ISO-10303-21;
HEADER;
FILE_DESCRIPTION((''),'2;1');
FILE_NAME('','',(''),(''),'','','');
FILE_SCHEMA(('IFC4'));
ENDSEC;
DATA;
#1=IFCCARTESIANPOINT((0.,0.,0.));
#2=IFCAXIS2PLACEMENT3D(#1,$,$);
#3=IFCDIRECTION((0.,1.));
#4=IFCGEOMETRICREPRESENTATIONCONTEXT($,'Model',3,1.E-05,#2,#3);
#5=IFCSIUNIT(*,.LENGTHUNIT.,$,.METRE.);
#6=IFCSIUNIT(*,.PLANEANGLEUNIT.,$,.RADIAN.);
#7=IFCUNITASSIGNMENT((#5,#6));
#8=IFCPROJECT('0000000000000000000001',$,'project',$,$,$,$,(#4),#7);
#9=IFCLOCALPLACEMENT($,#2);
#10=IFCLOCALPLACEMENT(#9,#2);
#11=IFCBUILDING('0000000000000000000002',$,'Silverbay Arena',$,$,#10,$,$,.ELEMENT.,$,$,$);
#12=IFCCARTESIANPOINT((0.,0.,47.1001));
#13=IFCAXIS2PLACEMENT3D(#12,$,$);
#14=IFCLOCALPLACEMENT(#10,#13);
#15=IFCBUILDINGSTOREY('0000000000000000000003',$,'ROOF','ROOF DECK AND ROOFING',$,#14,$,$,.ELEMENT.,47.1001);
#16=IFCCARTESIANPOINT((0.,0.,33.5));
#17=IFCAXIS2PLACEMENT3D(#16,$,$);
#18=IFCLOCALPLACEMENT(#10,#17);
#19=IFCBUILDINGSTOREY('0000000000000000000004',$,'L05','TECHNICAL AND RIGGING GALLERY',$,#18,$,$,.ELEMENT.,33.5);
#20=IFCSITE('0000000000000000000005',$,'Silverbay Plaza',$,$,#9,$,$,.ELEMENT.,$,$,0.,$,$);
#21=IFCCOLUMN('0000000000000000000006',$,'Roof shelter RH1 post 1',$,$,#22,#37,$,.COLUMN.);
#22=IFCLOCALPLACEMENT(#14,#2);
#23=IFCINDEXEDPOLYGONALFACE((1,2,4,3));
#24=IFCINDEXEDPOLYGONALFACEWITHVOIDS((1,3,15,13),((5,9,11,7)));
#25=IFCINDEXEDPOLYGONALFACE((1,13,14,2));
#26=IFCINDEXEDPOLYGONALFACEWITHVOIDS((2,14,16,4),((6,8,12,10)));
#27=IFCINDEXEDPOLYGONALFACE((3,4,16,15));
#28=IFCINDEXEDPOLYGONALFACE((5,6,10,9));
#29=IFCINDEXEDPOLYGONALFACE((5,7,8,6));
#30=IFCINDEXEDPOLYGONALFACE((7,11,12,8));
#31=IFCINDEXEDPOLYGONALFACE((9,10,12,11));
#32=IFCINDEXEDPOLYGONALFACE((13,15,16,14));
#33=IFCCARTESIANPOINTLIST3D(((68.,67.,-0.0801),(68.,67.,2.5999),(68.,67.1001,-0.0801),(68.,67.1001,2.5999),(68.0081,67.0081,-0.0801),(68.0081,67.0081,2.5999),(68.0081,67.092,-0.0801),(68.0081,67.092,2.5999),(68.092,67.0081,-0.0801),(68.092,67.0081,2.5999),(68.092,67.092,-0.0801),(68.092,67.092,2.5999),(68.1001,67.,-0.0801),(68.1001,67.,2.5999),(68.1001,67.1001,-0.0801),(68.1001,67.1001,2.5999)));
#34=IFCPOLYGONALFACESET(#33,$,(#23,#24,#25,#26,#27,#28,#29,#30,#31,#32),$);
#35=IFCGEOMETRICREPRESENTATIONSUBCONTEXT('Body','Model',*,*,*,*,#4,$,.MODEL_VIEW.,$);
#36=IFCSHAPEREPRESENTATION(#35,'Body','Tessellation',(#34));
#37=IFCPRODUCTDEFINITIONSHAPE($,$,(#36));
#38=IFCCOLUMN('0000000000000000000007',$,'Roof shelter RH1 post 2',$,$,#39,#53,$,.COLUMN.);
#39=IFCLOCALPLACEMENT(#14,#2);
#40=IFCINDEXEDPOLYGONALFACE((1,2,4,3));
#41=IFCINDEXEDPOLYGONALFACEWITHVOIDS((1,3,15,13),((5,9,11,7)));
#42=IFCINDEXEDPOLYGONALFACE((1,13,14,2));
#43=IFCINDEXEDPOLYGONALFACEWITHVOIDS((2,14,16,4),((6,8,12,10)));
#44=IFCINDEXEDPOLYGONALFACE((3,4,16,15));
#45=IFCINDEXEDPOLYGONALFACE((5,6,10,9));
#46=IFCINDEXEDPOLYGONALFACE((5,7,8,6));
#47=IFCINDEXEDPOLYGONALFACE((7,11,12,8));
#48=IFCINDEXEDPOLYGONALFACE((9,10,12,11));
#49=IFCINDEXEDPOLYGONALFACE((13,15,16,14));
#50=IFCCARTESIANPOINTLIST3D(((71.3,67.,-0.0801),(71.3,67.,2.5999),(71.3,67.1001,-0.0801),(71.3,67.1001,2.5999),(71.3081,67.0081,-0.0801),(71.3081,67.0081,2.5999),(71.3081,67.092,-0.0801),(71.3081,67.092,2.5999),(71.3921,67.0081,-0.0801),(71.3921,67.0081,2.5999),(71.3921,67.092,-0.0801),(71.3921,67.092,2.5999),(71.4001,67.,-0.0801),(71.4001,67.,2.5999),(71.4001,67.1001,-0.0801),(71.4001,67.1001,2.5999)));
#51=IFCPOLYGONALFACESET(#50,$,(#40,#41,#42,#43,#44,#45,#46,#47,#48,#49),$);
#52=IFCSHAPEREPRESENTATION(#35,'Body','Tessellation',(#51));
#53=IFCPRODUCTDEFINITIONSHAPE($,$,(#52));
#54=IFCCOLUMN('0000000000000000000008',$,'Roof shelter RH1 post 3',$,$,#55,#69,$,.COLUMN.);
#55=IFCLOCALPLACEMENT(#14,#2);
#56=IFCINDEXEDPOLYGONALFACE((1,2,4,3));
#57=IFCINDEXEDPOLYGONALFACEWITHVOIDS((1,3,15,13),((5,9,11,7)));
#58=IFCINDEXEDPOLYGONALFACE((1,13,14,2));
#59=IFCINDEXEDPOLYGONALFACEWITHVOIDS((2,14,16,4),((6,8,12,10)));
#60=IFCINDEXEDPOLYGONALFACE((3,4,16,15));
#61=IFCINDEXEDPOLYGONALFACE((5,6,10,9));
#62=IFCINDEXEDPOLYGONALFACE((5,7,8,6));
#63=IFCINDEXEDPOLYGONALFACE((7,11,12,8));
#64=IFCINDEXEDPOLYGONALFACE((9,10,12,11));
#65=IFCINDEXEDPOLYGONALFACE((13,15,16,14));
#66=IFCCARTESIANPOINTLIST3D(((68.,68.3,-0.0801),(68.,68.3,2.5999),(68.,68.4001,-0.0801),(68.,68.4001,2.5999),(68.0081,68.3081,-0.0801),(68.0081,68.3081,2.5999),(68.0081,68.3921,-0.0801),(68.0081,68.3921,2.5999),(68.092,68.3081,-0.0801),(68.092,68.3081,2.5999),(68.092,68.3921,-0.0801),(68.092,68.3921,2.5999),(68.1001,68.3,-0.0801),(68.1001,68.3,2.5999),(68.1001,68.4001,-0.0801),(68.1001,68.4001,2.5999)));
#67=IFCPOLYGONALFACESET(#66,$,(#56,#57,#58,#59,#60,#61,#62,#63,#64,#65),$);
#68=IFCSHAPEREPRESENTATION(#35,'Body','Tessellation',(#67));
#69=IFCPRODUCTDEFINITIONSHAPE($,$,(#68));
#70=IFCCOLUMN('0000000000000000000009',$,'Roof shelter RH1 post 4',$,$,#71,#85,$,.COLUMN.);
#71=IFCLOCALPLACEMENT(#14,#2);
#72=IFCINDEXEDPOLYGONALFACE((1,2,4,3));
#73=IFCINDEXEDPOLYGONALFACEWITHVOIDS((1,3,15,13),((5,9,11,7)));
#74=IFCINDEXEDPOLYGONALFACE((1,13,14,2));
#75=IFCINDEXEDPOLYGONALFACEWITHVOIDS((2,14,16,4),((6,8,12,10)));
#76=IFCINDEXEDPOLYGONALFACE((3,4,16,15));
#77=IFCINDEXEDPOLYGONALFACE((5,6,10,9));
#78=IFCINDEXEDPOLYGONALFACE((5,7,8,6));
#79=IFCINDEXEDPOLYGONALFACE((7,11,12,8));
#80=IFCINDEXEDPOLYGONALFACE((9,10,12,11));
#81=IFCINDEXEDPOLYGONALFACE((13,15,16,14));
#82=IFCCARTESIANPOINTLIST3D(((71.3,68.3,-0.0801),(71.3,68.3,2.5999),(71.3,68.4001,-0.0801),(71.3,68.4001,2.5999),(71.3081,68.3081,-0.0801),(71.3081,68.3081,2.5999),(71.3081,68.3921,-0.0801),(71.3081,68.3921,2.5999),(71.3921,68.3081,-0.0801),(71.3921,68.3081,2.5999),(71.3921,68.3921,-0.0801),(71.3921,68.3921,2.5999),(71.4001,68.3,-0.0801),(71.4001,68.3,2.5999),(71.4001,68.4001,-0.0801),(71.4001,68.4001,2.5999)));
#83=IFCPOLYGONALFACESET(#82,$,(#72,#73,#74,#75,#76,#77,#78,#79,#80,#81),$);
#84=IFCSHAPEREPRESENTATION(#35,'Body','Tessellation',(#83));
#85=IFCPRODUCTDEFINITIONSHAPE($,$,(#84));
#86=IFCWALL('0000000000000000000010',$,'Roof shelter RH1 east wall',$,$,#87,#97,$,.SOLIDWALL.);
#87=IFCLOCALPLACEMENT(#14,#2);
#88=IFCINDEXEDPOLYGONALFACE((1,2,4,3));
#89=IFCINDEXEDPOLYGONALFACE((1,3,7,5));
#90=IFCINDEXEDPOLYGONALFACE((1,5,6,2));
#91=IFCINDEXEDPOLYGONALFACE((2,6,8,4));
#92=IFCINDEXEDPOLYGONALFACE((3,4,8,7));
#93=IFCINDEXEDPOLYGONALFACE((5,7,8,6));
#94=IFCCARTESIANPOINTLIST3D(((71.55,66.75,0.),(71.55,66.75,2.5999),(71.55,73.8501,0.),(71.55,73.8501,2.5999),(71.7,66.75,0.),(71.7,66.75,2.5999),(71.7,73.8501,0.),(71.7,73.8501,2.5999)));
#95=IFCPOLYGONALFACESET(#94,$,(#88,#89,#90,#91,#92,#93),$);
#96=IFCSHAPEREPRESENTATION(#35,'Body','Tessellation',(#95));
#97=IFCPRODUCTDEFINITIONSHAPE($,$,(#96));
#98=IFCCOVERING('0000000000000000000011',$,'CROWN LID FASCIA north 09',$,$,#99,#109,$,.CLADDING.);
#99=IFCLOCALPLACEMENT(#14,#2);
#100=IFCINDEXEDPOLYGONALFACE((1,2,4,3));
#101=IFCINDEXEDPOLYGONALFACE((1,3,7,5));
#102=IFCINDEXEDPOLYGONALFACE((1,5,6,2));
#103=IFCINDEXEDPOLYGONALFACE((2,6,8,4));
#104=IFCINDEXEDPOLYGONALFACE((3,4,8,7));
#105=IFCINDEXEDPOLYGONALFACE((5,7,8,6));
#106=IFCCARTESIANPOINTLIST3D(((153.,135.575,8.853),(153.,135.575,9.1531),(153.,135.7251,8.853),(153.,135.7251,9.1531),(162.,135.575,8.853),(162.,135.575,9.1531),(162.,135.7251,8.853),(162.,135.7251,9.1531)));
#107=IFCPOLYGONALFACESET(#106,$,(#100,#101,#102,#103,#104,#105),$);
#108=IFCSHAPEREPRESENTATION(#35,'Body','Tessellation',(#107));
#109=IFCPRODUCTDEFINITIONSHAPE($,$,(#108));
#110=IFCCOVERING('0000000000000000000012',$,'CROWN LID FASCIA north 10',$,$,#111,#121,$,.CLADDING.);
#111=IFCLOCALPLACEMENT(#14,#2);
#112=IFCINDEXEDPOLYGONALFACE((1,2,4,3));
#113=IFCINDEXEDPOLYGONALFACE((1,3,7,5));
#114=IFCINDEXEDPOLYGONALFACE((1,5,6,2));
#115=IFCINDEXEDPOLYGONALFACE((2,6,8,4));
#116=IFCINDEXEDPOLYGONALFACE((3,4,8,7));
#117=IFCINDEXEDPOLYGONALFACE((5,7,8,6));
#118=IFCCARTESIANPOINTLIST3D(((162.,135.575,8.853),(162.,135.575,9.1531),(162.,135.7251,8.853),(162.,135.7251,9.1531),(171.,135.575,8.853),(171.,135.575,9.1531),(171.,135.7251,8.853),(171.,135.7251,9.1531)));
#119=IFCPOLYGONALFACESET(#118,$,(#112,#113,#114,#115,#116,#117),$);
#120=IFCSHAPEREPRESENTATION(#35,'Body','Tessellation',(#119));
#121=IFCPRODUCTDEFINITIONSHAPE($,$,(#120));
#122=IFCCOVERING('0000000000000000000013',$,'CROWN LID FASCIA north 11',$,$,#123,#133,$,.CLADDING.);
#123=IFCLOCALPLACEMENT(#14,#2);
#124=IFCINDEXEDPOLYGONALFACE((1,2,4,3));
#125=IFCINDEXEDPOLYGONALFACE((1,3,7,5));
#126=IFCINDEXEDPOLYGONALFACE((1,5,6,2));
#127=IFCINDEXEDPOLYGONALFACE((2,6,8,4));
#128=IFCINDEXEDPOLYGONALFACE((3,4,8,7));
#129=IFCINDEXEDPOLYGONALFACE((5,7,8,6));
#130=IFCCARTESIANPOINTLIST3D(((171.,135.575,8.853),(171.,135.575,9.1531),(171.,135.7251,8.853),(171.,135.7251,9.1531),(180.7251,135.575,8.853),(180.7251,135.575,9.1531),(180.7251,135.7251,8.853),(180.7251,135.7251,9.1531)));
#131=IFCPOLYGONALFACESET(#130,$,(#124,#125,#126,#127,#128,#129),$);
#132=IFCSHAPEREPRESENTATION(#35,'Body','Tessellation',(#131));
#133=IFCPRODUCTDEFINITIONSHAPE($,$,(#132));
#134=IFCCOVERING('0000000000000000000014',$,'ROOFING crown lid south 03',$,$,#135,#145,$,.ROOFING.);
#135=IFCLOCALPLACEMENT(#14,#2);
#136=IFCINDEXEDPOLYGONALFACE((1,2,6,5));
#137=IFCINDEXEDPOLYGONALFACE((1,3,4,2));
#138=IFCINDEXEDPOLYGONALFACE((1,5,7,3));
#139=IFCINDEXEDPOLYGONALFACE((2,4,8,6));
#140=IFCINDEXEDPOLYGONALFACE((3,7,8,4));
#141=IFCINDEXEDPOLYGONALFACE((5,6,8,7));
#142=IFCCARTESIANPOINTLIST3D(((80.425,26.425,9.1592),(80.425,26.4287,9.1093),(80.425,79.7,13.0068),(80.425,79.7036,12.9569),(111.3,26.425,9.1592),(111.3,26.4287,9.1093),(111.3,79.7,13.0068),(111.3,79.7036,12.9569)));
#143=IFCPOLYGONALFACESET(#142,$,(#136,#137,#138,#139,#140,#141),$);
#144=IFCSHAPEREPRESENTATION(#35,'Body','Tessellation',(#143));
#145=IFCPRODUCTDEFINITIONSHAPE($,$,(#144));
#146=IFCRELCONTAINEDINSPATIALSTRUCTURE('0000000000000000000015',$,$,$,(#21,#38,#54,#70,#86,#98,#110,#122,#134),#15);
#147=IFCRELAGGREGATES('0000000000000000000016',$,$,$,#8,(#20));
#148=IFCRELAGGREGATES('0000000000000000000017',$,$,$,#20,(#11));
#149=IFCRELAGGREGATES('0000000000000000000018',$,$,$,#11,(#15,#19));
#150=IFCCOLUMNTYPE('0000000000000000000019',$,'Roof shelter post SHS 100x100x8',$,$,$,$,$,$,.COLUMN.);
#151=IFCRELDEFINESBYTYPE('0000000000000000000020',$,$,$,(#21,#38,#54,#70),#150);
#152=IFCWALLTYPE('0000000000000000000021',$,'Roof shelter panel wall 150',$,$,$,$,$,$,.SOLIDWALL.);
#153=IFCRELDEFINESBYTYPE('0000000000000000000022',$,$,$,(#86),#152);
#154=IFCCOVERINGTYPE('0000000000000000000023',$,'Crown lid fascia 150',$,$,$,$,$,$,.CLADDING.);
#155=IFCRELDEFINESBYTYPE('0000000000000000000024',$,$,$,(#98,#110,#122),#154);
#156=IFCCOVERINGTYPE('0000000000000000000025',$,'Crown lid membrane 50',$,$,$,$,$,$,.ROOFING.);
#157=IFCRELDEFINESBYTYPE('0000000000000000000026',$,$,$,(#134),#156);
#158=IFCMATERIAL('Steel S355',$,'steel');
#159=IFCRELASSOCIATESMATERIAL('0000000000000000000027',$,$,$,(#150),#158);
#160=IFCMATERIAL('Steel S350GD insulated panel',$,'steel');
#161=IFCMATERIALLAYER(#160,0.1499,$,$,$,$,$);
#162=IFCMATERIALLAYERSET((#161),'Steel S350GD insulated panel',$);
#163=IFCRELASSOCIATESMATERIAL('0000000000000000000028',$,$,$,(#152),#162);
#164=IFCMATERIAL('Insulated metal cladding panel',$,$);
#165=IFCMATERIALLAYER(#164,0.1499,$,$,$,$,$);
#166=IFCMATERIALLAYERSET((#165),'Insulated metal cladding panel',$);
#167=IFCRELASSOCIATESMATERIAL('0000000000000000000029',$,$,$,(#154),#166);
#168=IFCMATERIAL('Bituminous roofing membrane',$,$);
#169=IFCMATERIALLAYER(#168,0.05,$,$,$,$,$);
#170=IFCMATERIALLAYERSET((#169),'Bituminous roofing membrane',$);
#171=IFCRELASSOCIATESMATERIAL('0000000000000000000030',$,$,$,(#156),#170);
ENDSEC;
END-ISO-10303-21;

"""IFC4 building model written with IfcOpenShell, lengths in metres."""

from ifc_helpers import new_model, si_unit, direction, frame, frame_2d, origin, origin_2d, place, context, subcontext, project, spatial, polyline, rectangle, hollow_rectangle, outline, extrude, material, layer, layer_set, material_profile, profile_set, type_object, element, save


model = new_model("IFC4")

# Units and contexts
model_context = context("Model", 3, precision=1e-05, world=origin(), true_north=direction((0.0, 1.0)))
body_context = subcontext(model_context, "Body", "Model", "MODEL_VIEW")
ifc_project = project(units=[si_unit("LENGTHUNIT", "METRE"), si_unit("PLANEANGLEUNIT", "RADIAN")], contexts=[model_context])

# Site, building, storey
site_placement = place(None, origin())
site = spatial("IfcSite", under=ifc_project, at=site_placement, Name="Silverbay Plaza", CompositionType="ELEMENT", RefElevation=0.0)
building_placement = place(site_placement, origin())
building = spatial("IfcBuilding", under=site, at=building_placement, Name="Silverbay Arena", CompositionType="ELEMENT")
storey_1_placement = place(building_placement, frame((0.0, 0.0, 47.1001)))
storey_1 = spatial("IfcBuildingStorey", under=building, at=storey_1_placement, Name="ROOF", Description="ROOF DECK AND ROOFING", CompositionType="ELEMENT", Elevation=47.1001)

# Columns
ifc_material_1 = material(Name="Steel S355", Category="steel")
ifc_material_profile = material_profile(ifc_material_1, hollow_rectangle(XDim=0.1001, YDim=0.1001, WallThickness=0.0081, at=origin_2d()), Name="SHS 100x100x8")
ifc_profile_set = profile_set([ifc_material_profile], Name="Steel S355")
column_type = type_object("IfcColumnType", Name="Roof shelter post SHS 100x100x8", PredefinedType="COLUMN", material=ifc_profile_set)
for number, where, z_axis, x_axis, name in (
    (1, (68.05, 67.05, -0.0801), (0.0, 0.0, 1.0), (1.0, 0.0, 0.0), "Roof shelter RH1 post 1"),
    (2, (71.3501, 67.05, -0.0801), (0.0, 0.0, 1.0), (1.0, 0.0, 0.0), "Roof shelter RH1 post 2"),
    (3, (68.05, 68.3501, -0.0801), (0.0, 0.0, 1.0), (1.0, 0.0, 0.0), "Roof shelter RH1 post 3"),
    (4, (71.3501, 68.3501, -0.0801), (0.0, 0.0, 1.0), (1.0, 0.0, 0.0), "Roof shelter RH1 post 4"),
):
    element("IfcColumn", number, at=place(storey_1_placement, frame(where, z_axis=z_axis, x_axis=x_axis)), inside=storey_1, type_object=column_type, Name=name, PredefinedType="COLUMN", context=body_context, shape_type="SweptSolid", body=[
        extrude(hollow_rectangle(XDim=0.1001, YDim=0.1001, WallThickness=0.0081, at=origin_2d()), origin(), (0.0, 0.0, 1.0), 2.6799),
    ])

# Shared definitions
storey_2_placement = place(building_placement, frame((0.0, 0.0, 33.5)))
storey_2 = spatial("IfcBuildingStorey", under=building, at=storey_2_placement, Name="L05", Description="TECHNICAL AND RIGGING GALLERY", CompositionType="ELEMENT", Elevation=33.5)

# Wall
ifc_material_2 = material(Name="Steel S350GD insulated panel", Category="steel")
ifc_layer_1 = layer(ifc_material_2, 0.1499)
ifc_layer_set_1 = layer_set([ifc_layer_1], Name="Steel S350GD insulated panel")
wall_type = type_object("IfcWallType", Name="Roof shelter panel wall 150", PredefinedType="SOLIDWALL", material=ifc_layer_set_1)
wall_placement = place(storey_1_placement, frame((71.625, 66.75, 0.0), z_axis=(0.0, 0.0, 1.0), x_axis=(0.0, 1.0, 0.0)))
element("IfcWall", 5, at=wall_placement, inside=storey_1, type_object=wall_type, Name="Roof shelter RH1 east wall", PredefinedType="SOLIDWALL", context=body_context, shape_type="SweptSolid", body=[
    extrude(rectangle(XDim=7.1001, YDim=0.1499, at=frame_2d((3.55, 0.0))), origin(), (0.0, 0.0, 1.0), 2.5999),
])

# Coverings
ifc_material_3 = material(Name="Insulated metal cladding panel")
ifc_layer_2 = layer(ifc_material_3, 0.1499)
ifc_layer_set_2 = layer_set([ifc_layer_2], Name="Insulated metal cladding panel")
covering_type_1 = type_object("IfcCoveringType", Name="Crown lid fascia 150", PredefinedType="CLADDING", material=ifc_layer_set_2)
covering_1_placement = place(storey_1_placement, frame((0.0, 0.0, 8.853)))
element("IfcCovering", 6, at=covering_1_placement, inside=storey_1, type_object=covering_type_1, Name="CROWN LID FASCIA north 09", PredefinedType="CLADDING", context=body_context, shape_type="SweptSolid", body=[
    extrude(outline(polyline([(153.0, 135.575), (162.0, 135.575), (162.0, 135.7251), (153.0, 135.7251), (153.0, 135.575)])), origin(), (0.0, 0.0, 1.0), 0.3),
])
covering_2_placement = place(storey_1_placement, frame((0.0, 0.0, 8.853)))
element("IfcCovering", 7, at=covering_2_placement, inside=storey_1, type_object=covering_type_1, Name="CROWN LID FASCIA north 10", PredefinedType="CLADDING", context=body_context, shape_type="SweptSolid", body=[
    extrude(outline(polyline([(162.0, 135.575), (171.0, 135.575), (171.0, 135.7251), (162.0, 135.7251), (162.0, 135.575)])), origin(), (0.0, 0.0, 1.0), 0.3),
])
covering_3_placement = place(storey_1_placement, frame((0.0, 0.0, 8.853)))
element("IfcCovering", 8, at=covering_3_placement, inside=storey_1, type_object=covering_type_1, Name="CROWN LID FASCIA north 11", PredefinedType="CLADDING", context=body_context, shape_type="SweptSolid", body=[
    extrude(outline(polyline([(171.0, 135.575), (180.7251, 135.575), (180.7251, 135.7251), (171.0, 135.7251), (171.0, 135.575)])), origin(), (0.0, 0.0, 1.0), 0.3),
])
ifc_material_4 = material(Name="Bituminous roofing membrane")
ifc_layer_3 = layer(ifc_material_4, 0.05)
ifc_layer_set_3 = layer_set([ifc_layer_3], Name="Bituminous roofing membrane")
covering_type_2 = type_object("IfcCoveringType", Name="Crown lid membrane 50", PredefinedType="ROOFING", material=ifc_layer_set_3)
covering_4_placement = place(storey_1_placement, frame((80.425, 26.425, 9.1592), z_axis=(0.0, -0.072035, 0.997402), x_axis=(1.0, 0.0, 0.0)))
element("IfcCovering", 9, at=covering_4_placement, inside=storey_1, type_object=covering_type_2, Name="ROOFING crown lid south 03", PredefinedType="ROOFING", context=body_context, shape_type="SweptSolid", body=[
    extrude(outline(polyline([(0.0, 0.0), (30.875, 0.0), (30.875, 53.4137), (0.0, 53.4137), (0.0, 0.0)])), origin(), (0.0, 0.0, -1.0), 0.05),
])

save(model, "model.ifc")
